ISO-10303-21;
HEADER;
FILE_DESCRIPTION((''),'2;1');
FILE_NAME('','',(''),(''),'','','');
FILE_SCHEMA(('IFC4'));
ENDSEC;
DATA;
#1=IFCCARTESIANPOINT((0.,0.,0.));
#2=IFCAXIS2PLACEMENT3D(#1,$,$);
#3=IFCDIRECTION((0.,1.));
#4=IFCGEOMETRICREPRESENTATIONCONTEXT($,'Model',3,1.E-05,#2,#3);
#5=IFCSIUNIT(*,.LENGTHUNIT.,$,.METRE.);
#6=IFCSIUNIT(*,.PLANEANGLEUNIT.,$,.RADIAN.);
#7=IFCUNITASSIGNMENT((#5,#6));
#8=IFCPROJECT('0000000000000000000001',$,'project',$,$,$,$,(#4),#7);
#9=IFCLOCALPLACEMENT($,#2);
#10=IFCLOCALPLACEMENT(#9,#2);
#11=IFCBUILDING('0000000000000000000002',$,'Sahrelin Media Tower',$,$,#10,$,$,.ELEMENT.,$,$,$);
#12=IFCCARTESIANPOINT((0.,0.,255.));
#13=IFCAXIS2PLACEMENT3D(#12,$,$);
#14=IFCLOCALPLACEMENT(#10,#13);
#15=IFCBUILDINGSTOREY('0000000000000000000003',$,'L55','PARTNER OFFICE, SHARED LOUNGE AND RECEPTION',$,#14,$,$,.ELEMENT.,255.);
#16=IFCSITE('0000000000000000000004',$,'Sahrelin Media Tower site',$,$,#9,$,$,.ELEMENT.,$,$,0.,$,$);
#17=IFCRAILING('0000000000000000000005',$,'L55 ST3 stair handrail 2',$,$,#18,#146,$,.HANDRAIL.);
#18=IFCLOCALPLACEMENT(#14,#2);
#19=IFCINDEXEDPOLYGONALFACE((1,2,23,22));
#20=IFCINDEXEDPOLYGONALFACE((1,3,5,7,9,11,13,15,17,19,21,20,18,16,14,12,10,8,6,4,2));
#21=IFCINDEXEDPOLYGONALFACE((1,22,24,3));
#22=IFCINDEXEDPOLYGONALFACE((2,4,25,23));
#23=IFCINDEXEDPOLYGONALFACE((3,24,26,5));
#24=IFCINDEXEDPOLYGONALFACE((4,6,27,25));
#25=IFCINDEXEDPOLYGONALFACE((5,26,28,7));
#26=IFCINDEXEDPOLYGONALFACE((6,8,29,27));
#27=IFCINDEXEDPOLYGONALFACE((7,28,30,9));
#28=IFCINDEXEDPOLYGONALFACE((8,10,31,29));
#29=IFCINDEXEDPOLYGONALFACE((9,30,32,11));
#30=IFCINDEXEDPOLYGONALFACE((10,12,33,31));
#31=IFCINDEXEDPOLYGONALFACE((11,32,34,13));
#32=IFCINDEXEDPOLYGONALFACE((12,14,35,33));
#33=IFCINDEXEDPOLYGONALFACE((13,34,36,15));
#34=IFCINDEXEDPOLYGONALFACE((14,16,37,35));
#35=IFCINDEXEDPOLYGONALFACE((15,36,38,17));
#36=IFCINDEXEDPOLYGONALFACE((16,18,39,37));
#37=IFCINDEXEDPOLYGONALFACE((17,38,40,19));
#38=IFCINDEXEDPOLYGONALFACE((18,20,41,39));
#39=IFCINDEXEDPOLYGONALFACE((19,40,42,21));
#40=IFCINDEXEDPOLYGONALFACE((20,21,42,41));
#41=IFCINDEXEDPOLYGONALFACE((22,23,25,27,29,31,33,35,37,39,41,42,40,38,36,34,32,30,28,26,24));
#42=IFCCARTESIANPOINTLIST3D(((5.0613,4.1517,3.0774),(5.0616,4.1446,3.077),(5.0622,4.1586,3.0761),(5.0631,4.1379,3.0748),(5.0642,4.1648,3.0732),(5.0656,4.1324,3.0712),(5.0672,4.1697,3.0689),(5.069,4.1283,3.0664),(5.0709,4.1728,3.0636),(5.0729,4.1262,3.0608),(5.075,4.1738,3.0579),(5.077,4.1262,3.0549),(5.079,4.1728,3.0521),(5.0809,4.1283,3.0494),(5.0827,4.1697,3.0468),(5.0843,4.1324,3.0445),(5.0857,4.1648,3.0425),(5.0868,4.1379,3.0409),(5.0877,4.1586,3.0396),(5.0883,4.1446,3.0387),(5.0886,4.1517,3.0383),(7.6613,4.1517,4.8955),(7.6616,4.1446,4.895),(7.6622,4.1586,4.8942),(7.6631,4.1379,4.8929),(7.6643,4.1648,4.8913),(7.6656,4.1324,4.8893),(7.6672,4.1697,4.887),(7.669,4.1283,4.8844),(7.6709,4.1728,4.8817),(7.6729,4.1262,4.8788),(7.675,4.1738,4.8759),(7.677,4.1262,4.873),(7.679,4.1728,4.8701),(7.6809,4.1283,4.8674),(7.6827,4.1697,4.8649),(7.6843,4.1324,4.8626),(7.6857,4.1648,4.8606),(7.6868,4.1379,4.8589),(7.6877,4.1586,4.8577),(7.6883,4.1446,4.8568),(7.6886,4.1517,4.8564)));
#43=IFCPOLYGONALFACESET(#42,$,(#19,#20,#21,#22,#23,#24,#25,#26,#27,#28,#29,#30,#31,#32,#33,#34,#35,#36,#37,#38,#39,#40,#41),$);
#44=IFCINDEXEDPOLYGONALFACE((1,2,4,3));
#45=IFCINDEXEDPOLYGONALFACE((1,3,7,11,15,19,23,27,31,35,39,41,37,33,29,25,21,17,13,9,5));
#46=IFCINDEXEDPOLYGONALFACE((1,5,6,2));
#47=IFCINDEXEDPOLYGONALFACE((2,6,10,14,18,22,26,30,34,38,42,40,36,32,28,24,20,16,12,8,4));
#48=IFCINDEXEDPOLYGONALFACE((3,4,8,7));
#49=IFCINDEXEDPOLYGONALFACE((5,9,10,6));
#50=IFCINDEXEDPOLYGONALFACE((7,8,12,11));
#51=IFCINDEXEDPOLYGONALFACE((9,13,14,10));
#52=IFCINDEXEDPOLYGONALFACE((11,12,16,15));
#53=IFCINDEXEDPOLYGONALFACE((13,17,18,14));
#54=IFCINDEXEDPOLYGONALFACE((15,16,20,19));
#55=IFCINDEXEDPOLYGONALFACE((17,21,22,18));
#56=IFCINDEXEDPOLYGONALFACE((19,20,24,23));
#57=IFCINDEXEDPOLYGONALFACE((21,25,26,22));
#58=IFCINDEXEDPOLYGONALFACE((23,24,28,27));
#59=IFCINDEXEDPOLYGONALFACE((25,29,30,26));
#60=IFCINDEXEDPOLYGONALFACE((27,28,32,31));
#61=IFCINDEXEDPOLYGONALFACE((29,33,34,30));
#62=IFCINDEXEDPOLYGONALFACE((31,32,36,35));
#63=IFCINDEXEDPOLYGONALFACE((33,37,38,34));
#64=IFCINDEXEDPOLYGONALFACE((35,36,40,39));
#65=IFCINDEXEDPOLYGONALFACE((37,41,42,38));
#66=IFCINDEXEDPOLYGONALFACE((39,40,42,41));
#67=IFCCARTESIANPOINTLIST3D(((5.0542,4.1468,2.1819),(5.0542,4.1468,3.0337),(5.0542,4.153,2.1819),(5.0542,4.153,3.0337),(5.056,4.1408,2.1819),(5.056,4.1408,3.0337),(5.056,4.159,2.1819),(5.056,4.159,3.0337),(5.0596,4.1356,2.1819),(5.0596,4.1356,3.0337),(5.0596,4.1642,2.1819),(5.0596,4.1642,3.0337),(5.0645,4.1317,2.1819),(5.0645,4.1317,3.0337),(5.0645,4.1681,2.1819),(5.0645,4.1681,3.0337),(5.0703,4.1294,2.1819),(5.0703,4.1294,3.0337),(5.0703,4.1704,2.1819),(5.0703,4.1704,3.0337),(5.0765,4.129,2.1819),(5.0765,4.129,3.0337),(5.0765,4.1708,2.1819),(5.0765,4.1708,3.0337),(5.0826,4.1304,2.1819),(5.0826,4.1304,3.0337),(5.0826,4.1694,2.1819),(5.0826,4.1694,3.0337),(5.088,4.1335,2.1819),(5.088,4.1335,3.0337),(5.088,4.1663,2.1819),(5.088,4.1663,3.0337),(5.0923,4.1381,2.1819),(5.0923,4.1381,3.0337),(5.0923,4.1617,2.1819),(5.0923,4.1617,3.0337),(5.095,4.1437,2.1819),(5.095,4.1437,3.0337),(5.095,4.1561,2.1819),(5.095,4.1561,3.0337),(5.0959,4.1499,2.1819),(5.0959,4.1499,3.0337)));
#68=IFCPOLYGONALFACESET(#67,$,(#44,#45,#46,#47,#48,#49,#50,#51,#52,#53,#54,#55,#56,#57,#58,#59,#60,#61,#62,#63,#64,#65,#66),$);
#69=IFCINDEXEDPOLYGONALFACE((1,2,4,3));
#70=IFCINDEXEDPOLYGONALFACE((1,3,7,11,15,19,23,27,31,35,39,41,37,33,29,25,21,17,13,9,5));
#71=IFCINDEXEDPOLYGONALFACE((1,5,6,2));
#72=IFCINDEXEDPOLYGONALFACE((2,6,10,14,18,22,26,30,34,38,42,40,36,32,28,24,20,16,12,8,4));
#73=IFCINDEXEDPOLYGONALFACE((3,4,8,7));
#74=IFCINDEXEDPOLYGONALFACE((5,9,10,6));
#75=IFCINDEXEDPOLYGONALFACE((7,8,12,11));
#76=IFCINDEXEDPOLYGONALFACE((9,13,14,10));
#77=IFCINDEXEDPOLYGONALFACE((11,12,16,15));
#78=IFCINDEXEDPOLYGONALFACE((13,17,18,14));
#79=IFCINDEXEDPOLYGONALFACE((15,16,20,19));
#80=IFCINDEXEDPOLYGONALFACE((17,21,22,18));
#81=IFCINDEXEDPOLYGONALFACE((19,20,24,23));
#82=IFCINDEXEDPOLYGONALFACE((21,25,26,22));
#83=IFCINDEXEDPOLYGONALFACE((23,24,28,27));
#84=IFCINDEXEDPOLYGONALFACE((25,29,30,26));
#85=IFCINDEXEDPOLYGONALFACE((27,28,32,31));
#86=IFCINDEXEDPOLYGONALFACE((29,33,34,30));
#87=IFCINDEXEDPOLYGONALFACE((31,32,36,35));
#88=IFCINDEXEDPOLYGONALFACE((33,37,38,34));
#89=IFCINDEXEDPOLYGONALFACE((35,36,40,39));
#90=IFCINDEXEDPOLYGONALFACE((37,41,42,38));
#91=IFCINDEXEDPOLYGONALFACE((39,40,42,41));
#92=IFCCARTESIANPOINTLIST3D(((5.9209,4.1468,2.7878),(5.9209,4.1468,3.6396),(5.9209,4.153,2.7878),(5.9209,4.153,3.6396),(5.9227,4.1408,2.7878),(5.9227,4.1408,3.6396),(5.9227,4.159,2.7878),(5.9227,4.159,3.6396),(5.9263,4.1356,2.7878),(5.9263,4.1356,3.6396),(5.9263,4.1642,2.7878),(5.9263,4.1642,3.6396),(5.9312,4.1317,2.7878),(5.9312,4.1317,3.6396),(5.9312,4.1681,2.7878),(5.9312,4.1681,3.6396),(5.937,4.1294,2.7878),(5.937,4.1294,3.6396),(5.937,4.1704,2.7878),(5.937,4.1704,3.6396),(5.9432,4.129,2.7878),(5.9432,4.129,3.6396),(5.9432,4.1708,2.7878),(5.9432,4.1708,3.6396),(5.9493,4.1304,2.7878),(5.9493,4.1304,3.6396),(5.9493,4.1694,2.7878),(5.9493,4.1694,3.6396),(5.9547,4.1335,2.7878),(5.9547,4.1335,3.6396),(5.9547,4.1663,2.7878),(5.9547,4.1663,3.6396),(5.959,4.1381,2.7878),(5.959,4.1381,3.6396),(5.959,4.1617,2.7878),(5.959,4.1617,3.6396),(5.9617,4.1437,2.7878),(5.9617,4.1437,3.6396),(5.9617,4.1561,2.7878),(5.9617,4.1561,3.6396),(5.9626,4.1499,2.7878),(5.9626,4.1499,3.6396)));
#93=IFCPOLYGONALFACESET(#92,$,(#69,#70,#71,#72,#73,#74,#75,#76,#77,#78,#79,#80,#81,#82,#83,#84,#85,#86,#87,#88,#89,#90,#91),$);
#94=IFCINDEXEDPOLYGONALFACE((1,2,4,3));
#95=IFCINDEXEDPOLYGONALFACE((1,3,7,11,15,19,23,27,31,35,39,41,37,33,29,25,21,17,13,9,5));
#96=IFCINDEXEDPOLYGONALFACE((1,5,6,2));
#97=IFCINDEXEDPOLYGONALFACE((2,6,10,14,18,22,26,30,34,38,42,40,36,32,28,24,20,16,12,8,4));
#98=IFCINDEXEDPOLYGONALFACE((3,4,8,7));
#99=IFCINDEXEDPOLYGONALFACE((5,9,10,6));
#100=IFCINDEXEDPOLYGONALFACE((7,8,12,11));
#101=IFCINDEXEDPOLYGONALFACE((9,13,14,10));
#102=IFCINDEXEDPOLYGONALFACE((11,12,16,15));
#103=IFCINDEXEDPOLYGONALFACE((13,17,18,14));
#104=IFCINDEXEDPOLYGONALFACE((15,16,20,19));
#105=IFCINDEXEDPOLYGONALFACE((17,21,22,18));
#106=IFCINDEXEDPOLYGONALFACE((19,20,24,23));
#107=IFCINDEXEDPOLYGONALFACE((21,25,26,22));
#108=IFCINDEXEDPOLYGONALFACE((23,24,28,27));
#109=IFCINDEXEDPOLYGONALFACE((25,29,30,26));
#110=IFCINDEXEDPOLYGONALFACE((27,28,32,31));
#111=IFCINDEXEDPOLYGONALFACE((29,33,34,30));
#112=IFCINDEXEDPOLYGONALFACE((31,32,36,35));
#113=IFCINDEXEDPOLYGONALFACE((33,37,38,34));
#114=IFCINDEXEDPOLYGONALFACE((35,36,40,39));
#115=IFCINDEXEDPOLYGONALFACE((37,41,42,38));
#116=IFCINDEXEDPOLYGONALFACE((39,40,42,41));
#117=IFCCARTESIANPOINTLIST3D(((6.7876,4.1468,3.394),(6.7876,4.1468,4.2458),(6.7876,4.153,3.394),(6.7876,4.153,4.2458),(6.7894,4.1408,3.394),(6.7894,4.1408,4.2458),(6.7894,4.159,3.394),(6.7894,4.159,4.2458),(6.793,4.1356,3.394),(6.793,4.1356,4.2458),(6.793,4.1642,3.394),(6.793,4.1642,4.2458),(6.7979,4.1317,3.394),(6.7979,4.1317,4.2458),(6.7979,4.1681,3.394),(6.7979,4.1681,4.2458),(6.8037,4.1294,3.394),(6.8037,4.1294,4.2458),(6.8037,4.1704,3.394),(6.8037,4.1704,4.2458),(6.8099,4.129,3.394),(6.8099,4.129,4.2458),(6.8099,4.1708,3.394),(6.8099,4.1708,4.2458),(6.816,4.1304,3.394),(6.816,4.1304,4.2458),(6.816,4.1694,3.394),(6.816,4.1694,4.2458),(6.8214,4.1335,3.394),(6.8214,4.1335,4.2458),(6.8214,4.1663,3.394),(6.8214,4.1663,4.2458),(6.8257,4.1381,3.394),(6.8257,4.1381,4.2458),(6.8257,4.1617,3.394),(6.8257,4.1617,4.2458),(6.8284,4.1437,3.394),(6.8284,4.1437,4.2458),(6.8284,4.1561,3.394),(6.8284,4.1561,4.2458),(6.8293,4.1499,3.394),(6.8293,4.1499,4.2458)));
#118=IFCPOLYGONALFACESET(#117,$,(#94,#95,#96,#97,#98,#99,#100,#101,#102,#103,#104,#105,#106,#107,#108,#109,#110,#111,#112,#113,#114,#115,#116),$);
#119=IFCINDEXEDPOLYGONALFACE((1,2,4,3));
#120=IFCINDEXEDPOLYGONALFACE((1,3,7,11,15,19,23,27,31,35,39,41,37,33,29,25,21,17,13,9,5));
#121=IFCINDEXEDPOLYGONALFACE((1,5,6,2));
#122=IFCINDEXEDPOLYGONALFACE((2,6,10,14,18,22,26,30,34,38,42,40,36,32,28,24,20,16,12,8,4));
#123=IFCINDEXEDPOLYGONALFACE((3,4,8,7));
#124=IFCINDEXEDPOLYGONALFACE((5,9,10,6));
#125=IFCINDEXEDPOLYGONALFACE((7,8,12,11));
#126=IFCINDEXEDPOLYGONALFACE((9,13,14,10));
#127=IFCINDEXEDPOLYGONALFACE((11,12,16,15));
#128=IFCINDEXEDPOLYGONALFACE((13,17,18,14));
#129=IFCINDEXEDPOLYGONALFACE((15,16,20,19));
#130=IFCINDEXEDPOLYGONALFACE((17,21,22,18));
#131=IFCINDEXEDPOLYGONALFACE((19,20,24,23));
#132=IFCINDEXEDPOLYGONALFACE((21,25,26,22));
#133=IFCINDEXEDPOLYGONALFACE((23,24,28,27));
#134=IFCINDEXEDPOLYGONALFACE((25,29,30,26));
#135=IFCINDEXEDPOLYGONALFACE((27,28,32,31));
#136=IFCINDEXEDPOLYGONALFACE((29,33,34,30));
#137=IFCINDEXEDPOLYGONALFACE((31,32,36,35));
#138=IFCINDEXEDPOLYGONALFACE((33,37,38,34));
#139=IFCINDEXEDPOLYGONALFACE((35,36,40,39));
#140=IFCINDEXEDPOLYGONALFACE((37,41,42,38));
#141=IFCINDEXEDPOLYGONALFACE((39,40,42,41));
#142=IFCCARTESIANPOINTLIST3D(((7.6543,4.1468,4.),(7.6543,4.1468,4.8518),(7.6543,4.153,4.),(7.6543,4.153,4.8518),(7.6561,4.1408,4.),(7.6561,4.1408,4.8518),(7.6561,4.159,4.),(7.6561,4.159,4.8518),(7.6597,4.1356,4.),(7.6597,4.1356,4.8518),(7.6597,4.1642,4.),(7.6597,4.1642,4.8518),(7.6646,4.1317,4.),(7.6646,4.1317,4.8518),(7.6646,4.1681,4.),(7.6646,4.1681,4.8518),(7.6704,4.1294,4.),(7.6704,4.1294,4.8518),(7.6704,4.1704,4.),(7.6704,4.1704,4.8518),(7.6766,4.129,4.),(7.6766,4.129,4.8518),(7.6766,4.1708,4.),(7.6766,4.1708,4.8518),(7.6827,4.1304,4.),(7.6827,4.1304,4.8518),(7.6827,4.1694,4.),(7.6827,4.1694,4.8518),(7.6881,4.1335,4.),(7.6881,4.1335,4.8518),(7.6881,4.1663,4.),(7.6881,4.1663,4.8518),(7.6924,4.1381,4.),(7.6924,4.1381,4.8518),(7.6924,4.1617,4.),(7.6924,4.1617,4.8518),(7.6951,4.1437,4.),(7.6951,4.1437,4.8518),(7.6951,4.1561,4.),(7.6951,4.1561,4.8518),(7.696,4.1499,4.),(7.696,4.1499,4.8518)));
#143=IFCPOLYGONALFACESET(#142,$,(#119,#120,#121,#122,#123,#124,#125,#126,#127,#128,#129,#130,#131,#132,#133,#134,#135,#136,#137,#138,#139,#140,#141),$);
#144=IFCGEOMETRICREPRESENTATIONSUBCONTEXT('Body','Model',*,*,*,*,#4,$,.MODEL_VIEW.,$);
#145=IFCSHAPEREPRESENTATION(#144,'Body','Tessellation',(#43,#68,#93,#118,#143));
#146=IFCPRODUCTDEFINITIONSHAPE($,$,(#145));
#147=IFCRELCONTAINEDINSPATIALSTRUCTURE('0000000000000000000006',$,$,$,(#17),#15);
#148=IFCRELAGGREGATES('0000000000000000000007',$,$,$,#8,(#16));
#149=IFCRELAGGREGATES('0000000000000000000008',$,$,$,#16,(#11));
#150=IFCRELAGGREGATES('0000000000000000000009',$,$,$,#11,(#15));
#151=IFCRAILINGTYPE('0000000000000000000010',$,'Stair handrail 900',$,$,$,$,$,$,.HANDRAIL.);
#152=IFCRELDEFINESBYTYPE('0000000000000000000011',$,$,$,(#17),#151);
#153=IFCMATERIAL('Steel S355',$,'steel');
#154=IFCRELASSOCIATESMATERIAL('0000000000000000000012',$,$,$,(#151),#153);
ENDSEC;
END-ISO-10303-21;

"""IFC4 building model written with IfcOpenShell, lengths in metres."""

from ifc_helpers import new_model, si_unit, direction, frame, origin, origin_2d, place, context, subcontext, project, spatial, circle, extrude, material, type_object, element, save


model = new_model("IFC4")

# Units and contexts
model_context = context("Model", 3, precision=1e-05, world=origin(), true_north=direction((0.0, 1.0)))
body_context = subcontext(model_context, "Body", "Model", "MODEL_VIEW")
ifc_project = project(units=[si_unit("LENGTHUNIT", "METRE"), si_unit("PLANEANGLEUNIT", "RADIAN")], contexts=[model_context])

# Site, building, storey
site_placement = place(None, origin())
site = spatial("IfcSite", under=ifc_project, at=site_placement, Name="Sahrelin Media Tower site", CompositionType="ELEMENT", RefElevation=0.0)
building_placement = place(site_placement, origin())
building = spatial("IfcBuilding", under=site, at=building_placement, Name="Sahrelin Media Tower", CompositionType="ELEMENT")
storey_placement = place(building_placement, frame((0.0, 0.0, 255.0)))
storey = spatial("IfcBuildingStorey", under=building, at=storey_placement, Name="L55", Description="PARTNER OFFICE, SHARED LOUNGE AND RECEPTION", CompositionType="ELEMENT", Elevation=255.0)

# Shared definitions
ifc_material_1 = material(Name="Steel S355", Category="steel")

# Railing
railing_type_1 = type_object("IfcRailingType", Name="Stair handrail 900", PredefinedType="HANDRAIL", material=ifc_material_1)
railing_1_placement = place(storey_placement, frame((5.075, 4.1499, 2.1819)))
element("IfcRailing", 1, at=railing_1_placement, inside=storey, type_object=railing_type_1, Name="L55 ST3 stair handrail 2", PredefinedType="HANDRAIL", context=body_context, shape_type="SweptSolid", body=[
    extrude(circle(Radius=0.0239, at=origin_2d()), frame((0.0, 0.0, 0.876), z_axis=(0.819521, 0.0, 0.573049), x_axis=(0.0, 1.0, 0.0)), (0.0, 0.0, 1.0), 3.1726),
    extrude(circle(Radius=0.021, at=origin_2d()), origin(), (0.0, 0.0, 1.0), 0.8518),
    extrude(circle(Radius=0.021, at=origin_2d()), frame((0.8667, 0.0, 0.606)), (0.0, 0.0, 1.0), 0.8518),
    extrude(circle(Radius=0.021, at=origin_2d()), frame((1.7334, 0.0, 1.2122)), (0.0, 0.0, 1.0), 0.8518),
    extrude(circle(Radius=0.021, at=origin_2d()), frame((2.6001, 0.0, 1.8181)), (0.0, 0.0, 1.0), 0.8518),
])

save(model, "model.ifc")
